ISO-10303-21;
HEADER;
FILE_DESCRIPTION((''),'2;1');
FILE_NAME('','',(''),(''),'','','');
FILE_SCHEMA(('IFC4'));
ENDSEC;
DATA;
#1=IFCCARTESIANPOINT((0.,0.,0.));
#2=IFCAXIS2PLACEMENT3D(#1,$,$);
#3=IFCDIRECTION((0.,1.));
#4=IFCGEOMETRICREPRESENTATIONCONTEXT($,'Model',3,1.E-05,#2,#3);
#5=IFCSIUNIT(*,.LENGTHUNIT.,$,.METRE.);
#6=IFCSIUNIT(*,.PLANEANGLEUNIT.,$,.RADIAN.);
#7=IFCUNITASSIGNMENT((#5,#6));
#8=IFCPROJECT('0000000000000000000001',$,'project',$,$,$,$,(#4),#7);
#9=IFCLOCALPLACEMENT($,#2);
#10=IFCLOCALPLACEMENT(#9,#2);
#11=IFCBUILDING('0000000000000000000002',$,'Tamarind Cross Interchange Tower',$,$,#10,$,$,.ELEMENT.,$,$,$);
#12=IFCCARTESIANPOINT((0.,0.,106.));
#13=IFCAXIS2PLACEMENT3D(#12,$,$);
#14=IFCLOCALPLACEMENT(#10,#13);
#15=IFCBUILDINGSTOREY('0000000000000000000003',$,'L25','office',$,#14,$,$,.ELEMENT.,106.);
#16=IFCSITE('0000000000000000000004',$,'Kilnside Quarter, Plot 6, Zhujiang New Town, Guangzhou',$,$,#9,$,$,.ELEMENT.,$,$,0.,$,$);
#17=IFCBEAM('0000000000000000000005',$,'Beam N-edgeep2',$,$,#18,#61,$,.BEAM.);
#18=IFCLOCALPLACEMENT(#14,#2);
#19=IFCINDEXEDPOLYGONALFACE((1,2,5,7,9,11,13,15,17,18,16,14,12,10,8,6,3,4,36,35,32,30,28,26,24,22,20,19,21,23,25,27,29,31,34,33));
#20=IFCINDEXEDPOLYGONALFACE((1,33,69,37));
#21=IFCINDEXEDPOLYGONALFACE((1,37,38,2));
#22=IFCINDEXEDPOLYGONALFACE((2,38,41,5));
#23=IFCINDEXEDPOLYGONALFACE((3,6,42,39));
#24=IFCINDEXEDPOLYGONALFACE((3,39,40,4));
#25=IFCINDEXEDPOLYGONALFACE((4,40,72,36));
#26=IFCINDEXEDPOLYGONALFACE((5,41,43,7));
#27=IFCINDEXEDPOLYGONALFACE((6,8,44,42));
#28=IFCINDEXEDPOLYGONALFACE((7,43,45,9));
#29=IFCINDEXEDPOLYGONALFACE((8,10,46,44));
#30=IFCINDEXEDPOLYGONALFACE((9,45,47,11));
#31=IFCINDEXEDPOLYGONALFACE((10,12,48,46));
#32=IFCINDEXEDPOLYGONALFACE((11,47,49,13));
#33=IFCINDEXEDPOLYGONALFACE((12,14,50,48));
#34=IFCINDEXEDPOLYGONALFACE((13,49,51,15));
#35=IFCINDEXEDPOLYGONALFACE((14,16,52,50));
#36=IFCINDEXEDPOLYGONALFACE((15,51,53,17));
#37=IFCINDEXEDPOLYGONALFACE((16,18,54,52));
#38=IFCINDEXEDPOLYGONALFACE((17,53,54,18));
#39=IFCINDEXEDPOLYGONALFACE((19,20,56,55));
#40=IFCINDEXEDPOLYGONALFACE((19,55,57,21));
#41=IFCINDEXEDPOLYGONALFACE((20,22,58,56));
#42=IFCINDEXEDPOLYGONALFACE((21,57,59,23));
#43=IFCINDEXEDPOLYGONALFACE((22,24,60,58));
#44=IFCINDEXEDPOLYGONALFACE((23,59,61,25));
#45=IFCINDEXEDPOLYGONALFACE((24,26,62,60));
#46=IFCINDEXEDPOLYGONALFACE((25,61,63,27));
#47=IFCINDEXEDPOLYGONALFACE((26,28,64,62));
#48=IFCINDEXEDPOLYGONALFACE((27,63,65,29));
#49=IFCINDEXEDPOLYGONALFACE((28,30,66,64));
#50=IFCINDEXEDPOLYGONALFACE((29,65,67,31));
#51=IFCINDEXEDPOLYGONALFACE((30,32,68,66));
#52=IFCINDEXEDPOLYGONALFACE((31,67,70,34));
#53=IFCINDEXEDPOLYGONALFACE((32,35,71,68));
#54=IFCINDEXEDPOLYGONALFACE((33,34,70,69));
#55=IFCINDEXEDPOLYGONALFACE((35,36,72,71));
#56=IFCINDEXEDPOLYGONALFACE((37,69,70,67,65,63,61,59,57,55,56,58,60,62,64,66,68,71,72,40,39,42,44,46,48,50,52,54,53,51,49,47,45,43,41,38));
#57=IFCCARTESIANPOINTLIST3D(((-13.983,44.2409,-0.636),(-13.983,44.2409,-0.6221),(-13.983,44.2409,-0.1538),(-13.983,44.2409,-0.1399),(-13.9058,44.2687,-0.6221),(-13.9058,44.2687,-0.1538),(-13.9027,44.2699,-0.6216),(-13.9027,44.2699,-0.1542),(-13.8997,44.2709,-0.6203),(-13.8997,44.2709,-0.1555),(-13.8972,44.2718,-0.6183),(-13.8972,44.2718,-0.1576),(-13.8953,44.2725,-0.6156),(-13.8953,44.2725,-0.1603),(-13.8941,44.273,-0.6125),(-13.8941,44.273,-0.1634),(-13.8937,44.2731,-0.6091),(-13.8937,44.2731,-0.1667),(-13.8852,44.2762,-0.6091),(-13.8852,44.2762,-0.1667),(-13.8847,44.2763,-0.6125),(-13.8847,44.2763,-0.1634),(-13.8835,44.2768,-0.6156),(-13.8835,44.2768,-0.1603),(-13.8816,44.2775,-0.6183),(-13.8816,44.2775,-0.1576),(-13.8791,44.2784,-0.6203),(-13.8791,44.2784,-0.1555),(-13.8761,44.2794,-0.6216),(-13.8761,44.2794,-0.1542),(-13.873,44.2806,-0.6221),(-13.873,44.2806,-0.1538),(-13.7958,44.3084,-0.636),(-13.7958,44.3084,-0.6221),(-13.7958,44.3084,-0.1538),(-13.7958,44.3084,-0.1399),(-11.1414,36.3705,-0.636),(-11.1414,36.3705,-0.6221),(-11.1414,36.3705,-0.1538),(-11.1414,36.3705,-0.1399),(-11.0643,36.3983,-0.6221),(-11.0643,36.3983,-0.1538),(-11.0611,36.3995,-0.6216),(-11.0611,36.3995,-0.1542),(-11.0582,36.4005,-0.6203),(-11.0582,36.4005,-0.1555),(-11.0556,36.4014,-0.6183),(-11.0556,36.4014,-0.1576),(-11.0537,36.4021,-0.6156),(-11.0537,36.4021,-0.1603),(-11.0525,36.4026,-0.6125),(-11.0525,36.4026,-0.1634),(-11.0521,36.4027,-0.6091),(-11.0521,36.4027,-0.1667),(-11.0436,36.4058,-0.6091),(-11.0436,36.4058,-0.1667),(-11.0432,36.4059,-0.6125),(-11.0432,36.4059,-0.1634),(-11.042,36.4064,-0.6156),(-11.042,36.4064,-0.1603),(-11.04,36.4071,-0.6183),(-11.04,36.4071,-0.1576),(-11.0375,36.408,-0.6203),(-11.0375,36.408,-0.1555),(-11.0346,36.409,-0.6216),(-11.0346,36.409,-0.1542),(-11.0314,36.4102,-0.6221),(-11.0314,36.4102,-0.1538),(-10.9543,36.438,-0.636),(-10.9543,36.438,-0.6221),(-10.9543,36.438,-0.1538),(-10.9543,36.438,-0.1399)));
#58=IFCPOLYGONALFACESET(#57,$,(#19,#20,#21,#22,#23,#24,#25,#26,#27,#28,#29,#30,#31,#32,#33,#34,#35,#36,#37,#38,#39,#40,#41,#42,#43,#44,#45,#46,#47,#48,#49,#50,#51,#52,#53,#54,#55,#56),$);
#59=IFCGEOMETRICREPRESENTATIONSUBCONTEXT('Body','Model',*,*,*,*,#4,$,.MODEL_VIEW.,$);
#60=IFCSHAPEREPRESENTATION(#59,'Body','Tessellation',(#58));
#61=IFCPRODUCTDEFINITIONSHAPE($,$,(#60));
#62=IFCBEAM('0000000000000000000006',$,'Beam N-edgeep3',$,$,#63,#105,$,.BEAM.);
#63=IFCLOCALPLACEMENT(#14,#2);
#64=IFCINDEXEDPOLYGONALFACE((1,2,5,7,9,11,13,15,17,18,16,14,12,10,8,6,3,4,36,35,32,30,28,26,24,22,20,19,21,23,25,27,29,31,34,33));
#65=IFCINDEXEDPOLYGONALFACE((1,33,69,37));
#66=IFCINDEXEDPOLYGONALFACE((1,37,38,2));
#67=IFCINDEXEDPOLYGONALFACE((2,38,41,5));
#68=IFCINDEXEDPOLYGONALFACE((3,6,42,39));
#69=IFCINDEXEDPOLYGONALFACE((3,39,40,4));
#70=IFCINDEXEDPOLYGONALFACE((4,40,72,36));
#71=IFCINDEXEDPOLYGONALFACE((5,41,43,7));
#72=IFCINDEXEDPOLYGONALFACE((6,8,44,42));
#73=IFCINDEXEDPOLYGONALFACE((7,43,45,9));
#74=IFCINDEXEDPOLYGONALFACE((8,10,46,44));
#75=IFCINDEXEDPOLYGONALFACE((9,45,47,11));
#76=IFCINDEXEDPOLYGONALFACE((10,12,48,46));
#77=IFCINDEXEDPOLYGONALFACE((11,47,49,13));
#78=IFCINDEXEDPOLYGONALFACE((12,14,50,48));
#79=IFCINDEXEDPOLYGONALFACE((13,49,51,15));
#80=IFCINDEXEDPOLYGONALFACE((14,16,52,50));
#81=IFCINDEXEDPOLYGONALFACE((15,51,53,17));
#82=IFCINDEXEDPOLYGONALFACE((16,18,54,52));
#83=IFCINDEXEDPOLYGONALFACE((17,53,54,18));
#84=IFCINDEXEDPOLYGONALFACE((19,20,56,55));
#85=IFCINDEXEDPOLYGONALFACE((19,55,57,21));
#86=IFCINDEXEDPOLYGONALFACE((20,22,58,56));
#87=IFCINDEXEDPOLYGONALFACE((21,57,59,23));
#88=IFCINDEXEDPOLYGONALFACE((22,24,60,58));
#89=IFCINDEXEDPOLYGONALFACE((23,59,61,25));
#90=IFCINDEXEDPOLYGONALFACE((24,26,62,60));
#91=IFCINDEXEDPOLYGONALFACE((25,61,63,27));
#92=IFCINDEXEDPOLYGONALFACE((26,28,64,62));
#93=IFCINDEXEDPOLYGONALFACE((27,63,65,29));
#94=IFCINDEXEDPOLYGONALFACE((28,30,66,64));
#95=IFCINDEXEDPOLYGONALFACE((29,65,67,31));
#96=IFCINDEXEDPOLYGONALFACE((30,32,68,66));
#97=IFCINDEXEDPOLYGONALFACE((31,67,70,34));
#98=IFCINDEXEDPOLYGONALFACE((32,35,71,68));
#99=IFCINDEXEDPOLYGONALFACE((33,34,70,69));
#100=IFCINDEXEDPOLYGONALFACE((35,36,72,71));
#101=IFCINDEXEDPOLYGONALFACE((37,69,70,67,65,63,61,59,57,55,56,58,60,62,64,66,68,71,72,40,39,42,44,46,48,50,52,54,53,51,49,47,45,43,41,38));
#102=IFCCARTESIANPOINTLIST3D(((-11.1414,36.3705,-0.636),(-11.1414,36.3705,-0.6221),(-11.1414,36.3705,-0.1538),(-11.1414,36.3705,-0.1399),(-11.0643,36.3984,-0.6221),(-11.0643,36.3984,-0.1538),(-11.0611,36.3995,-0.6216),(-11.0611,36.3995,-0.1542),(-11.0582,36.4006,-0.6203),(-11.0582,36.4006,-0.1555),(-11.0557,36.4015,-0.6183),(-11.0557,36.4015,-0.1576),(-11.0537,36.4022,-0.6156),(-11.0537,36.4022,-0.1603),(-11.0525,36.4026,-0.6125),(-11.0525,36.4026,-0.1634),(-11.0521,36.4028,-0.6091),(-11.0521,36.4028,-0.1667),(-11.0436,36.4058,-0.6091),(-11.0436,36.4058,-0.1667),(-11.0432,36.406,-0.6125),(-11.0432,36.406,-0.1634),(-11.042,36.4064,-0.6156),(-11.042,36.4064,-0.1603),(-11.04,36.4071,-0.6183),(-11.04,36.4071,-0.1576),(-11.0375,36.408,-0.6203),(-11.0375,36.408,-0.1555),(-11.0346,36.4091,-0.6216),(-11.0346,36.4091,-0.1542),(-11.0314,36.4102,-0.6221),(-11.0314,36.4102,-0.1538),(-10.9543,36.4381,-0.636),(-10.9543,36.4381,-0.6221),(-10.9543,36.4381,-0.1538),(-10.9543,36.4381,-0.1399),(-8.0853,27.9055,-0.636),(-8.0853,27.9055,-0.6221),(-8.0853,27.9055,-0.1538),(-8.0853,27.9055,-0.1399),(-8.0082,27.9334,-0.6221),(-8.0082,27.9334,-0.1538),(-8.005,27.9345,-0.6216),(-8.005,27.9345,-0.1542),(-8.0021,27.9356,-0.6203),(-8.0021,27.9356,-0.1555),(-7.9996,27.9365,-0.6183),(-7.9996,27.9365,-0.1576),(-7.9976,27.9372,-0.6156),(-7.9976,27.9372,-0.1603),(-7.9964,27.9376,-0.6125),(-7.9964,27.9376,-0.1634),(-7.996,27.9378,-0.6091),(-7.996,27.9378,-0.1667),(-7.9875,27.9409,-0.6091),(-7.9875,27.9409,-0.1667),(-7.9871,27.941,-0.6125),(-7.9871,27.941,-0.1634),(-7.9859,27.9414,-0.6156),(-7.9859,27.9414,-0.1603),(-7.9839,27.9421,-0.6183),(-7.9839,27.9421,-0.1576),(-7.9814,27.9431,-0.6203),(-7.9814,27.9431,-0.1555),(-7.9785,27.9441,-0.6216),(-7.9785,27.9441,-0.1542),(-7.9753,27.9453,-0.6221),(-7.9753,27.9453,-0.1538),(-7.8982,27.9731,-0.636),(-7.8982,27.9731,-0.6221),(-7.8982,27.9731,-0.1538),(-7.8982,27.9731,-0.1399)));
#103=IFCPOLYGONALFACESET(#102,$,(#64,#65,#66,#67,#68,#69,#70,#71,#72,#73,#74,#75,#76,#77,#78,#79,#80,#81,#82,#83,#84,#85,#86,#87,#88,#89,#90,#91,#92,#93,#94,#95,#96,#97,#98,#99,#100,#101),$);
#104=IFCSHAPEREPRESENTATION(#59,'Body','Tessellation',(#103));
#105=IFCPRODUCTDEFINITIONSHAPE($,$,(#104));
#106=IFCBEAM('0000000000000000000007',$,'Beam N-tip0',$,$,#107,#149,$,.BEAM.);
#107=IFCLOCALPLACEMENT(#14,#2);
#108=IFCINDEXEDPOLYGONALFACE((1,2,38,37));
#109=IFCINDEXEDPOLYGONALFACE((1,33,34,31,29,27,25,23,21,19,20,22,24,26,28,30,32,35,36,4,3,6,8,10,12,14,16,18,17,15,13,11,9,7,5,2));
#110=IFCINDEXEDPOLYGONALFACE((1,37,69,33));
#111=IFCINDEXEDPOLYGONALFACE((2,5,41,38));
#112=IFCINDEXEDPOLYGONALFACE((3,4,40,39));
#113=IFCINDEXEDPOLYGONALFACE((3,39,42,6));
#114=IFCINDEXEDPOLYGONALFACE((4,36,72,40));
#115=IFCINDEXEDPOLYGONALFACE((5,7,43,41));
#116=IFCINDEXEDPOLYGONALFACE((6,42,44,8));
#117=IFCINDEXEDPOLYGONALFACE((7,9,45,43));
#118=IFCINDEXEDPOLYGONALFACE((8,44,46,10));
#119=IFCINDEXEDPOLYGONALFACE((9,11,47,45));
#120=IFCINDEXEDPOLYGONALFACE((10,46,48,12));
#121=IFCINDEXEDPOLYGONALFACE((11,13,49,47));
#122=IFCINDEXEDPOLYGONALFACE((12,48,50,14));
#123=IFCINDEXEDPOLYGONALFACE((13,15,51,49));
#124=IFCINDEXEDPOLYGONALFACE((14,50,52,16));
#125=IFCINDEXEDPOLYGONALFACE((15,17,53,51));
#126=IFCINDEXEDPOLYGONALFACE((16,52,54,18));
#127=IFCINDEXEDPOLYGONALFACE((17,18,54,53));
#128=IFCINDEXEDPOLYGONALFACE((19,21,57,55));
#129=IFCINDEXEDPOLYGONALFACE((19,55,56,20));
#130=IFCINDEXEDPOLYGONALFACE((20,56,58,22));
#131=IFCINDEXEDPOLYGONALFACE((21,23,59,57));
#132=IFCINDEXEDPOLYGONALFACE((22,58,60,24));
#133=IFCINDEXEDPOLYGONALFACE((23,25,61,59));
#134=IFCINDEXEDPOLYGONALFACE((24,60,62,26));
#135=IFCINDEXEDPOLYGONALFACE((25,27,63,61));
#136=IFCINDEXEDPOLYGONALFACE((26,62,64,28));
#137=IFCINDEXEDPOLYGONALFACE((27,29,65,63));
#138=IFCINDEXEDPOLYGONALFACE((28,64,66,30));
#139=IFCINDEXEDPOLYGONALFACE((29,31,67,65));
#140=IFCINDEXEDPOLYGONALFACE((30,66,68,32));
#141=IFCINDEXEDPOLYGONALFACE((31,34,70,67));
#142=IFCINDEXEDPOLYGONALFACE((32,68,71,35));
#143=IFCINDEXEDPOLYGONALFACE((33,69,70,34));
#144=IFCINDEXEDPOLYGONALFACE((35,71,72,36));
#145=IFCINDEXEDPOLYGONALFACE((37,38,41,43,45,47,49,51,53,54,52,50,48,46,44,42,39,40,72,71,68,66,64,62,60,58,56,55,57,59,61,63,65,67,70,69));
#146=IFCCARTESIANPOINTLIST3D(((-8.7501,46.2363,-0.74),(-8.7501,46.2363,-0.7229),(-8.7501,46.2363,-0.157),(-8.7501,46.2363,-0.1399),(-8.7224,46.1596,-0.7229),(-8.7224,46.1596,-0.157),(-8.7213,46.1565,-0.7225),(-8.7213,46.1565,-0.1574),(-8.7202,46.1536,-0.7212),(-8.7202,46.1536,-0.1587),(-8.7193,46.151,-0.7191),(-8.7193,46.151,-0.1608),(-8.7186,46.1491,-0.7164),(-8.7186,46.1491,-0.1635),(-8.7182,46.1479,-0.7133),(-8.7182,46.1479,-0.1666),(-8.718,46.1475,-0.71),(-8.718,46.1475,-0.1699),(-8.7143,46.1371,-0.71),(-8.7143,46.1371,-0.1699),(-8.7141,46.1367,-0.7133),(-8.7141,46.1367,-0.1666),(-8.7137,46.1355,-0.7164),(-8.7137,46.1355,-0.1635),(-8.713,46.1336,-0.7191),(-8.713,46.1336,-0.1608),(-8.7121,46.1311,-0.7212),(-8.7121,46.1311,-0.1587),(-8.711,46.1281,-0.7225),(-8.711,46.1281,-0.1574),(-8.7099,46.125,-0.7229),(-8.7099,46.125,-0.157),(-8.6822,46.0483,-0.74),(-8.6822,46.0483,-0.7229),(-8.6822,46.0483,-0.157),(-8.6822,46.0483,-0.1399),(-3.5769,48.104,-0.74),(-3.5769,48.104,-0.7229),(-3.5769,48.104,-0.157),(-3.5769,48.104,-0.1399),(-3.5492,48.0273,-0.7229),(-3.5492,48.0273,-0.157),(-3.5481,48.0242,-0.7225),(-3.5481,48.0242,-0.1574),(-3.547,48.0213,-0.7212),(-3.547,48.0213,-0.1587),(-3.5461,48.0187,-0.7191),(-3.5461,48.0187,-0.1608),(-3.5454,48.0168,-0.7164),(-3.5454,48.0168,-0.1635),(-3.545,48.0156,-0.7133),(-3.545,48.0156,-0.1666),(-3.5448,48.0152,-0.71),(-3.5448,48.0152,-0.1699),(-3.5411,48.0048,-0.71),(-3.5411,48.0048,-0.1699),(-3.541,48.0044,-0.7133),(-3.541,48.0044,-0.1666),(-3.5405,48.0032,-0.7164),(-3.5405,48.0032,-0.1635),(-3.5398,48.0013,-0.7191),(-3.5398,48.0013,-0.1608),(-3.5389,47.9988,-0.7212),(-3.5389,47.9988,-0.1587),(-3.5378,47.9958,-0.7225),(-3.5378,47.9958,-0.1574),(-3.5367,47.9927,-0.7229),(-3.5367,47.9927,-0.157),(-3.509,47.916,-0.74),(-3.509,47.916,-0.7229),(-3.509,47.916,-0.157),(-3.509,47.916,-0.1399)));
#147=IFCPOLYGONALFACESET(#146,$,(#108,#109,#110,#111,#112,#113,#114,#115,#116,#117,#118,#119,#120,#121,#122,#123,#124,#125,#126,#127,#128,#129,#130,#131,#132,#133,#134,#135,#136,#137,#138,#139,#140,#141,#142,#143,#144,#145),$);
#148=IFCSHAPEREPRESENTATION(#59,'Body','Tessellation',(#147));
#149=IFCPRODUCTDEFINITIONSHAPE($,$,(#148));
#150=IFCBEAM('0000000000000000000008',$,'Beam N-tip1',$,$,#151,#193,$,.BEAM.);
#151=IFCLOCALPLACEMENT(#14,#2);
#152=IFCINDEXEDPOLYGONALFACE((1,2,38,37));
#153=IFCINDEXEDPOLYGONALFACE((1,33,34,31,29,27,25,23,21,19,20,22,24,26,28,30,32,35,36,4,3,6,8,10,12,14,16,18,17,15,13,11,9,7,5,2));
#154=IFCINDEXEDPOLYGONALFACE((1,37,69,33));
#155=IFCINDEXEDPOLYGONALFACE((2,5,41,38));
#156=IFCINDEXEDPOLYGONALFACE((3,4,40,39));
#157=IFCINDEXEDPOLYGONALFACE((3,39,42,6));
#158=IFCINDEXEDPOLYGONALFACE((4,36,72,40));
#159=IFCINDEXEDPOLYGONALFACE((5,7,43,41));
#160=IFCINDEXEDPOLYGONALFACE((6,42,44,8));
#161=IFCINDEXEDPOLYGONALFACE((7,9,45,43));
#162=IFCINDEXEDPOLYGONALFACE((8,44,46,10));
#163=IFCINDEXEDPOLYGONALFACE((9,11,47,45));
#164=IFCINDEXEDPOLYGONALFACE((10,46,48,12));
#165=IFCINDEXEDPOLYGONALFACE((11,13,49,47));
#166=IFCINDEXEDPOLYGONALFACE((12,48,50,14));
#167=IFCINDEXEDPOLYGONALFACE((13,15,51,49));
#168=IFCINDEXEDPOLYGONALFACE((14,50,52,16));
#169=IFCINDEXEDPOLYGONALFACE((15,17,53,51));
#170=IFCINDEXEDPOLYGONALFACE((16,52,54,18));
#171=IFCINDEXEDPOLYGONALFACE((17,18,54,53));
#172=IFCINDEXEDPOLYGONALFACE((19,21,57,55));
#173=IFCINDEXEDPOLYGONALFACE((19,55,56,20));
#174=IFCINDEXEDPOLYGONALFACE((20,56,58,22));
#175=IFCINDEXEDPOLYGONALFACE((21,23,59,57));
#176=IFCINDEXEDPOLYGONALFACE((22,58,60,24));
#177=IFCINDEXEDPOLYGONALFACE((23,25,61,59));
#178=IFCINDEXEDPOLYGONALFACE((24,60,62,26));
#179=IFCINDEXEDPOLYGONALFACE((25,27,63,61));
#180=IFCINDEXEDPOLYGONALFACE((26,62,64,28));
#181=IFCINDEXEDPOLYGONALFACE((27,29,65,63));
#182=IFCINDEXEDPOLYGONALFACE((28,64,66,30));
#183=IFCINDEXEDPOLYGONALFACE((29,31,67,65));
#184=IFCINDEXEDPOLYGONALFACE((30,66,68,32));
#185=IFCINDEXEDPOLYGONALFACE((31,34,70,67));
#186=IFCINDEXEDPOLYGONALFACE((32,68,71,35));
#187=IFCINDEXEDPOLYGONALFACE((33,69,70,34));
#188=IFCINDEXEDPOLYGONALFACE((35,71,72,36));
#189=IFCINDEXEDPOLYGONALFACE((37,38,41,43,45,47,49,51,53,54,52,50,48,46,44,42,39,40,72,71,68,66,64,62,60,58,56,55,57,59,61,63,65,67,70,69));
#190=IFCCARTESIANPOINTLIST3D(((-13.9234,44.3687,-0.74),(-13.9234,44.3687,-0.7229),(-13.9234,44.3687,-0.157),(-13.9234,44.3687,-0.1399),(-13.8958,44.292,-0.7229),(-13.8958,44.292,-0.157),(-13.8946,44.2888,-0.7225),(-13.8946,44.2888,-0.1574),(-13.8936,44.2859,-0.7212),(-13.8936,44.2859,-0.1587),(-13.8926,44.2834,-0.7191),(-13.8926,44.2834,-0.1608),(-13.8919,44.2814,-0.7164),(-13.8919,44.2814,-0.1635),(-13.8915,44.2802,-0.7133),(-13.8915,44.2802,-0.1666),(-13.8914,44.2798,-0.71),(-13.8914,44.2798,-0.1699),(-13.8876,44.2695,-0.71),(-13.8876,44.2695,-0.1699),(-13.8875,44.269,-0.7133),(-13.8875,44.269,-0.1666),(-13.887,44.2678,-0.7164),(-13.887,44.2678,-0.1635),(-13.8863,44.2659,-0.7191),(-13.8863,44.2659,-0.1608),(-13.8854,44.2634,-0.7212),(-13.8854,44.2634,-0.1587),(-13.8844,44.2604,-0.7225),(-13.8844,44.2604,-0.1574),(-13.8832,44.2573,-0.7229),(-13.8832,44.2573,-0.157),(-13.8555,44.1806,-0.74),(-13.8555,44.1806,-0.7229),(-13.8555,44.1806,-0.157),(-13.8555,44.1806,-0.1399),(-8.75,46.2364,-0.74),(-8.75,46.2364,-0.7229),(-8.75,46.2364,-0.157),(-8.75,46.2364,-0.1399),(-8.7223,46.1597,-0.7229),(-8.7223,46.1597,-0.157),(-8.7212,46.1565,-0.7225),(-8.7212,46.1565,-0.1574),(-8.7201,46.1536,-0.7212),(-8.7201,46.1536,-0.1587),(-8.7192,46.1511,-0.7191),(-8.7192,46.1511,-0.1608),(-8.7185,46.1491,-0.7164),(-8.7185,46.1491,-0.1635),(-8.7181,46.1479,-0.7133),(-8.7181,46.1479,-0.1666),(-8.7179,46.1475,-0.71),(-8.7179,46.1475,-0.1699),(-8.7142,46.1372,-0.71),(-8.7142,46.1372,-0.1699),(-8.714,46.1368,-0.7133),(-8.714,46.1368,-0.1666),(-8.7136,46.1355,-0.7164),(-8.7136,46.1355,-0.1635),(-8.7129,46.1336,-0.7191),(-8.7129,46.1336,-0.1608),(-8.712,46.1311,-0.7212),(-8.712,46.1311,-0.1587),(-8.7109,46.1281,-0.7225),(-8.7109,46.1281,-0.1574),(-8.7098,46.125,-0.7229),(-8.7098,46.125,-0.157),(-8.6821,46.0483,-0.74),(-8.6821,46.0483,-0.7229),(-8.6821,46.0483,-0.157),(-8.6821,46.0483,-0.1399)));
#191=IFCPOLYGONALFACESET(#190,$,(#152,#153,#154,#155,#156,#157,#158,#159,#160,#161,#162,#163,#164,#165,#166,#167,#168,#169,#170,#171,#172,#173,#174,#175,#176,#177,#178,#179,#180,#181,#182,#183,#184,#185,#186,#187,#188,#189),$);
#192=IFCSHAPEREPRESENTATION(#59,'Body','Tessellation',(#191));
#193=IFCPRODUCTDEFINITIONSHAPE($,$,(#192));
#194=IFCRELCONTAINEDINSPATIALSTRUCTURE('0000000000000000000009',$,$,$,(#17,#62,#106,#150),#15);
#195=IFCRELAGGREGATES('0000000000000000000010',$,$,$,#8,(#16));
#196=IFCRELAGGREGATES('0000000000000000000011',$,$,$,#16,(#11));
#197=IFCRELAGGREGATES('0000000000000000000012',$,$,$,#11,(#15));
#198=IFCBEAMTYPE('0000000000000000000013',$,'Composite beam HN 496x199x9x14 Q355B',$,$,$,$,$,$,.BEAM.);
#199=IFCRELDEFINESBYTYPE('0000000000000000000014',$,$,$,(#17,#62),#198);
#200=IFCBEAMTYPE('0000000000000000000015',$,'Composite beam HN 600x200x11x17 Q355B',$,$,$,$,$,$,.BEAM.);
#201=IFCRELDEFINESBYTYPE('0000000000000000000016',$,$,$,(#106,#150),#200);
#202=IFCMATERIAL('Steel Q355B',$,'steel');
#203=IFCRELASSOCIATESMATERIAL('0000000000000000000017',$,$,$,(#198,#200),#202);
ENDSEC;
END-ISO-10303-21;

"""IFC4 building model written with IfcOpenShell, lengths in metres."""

from ifc_helpers import new_model, si_unit, direction, frame, origin, origin_2d, place, context, subcontext, project, spatial, i_section, extrude, material, material_profile, profile_set, type_object, element, save


model = new_model("IFC4")

# Units and contexts
model_context = context("Model", 3, precision=1e-05, world=origin(), true_north=direction((0.0, 1.0)))
body_context = subcontext(model_context, "Body", "Model", "MODEL_VIEW")
ifc_project = project(units=[si_unit("LENGTHUNIT", "METRE"), si_unit("PLANEANGLEUNIT", "RADIAN")], contexts=[model_context])

# Site, building, storey
site_placement = place(None, origin())
site = spatial("IfcSite", under=ifc_project, at=site_placement, Name="Kilnside Quarter, Plot 6, Zhujiang New Town, Guangzhou", CompositionType="ELEMENT", RefElevation=0.0)
building_placement = place(site_placement, origin())
building = spatial("IfcBuilding", under=site, at=building_placement, Name="Tamarind Cross Interchange Tower", CompositionType="ELEMENT")
storey_placement = place(building_placement, frame((0.0, 0.0, 106.0)))
storey = spatial("IfcBuildingStorey", under=building, at=storey_placement, Name="L25", Description="office", CompositionType="ELEMENT", Elevation=106.0)

# Beams
ifc_material_1 = material(Name="Steel Q355B", Category="steel")
ifc_material_profile_1 = material_profile(ifc_material_1, i_section(OverallWidth=0.199, OverallDepth=0.4961, WebThickness=0.009, FlangeThickness=0.0139, FilletRadius=0.0129, at=origin_2d()), Name="HN 496x199x9x14")
ifc_profile_set_1 = profile_set([ifc_material_profile_1], Name="Steel Q355B")
beam_type_1 = type_object("IfcBeamType", Name="Composite beam HN 496x199x9x14 Q355B", PredefinedType="BEAM", material=ifc_profile_set_1)
beam_1_placement = place(storey_placement, frame((-13.8894, 44.2747, -0.3879), z_axis=(0.339589, -0.940574, 0.0), x_axis=(0.940574, 0.339589, 0.0)))
element("IfcBeam", 1, at=beam_1_placement, inside=storey, type_object=beam_type_1, Name="Beam N-edgeep2", PredefinedType="BEAM", context=body_context, shape_type="SweptSolid", body=[
    extrude(i_section(OverallWidth=0.199, OverallDepth=0.4961, WebThickness=0.009, FlangeThickness=0.0139, FilletRadius=0.0129, at=origin_2d()), origin(), (0.0, 0.0, 1.0), 8.3677),
])
beam_2_placement = place(storey_placement, frame((-11.0479, 36.4043, -0.3879), z_axis=(0.339577, -0.940578, 0.0), x_axis=(0.940578, 0.339577, 0.0)))
element("IfcBeam", 2, at=beam_2_placement, inside=storey, type_object=beam_type_1, Name="Beam N-edgeep3", PredefinedType="BEAM", context=body_context, shape_type="SweptSolid", body=[
    extrude(i_section(OverallWidth=0.199, OverallDepth=0.4961, WebThickness=0.009, FlangeThickness=0.0139, FilletRadius=0.0129, at=origin_2d()), origin(), (0.0, 0.0, 1.0), 8.9998),
])
ifc_material_profile_2 = material_profile(ifc_material_1, i_section(OverallWidth=0.2, OverallDepth=0.6001, WebThickness=0.011, FlangeThickness=0.0171, FilletRadius=0.0129, at=origin_2d()), Name="HN 600x200x11x17")
ifc_profile_set_2 = profile_set([ifc_material_profile_2], Name="Steel Q355B")
beam_type_2 = type_object("IfcBeamType", Name="Composite beam HN 600x200x11x17 Q355B", PredefinedType="BEAM", material=ifc_profile_set_2)
beam_3_placement = place(storey_placement, frame((-3.543, 48.01, -0.4399), z_axis=(-0.940576, -0.339582, 0.0), x_axis=(0.339582, -0.940576, 0.0)))
element("IfcBeam", 3, at=beam_3_placement, inside=storey, type_object=beam_type_2, Name="Beam N-tip0", PredefinedType="BEAM", context=body_context, shape_type="SweptSolid", body=[
    extrude(i_section(OverallWidth=0.2, OverallDepth=0.6001, WebThickness=0.011, FlangeThickness=0.0171, FilletRadius=0.0129, at=origin_2d()), origin(), (0.0, 0.0, 1.0), 5.5),
])
beam_4_placement = place(storey_placement, frame((-8.7161, 46.1423, -0.4399), z_axis=(-0.940581, -0.339568, 0.0), x_axis=(0.339568, -0.940581, 0.0)))
element("IfcBeam", 4, at=beam_4_placement, inside=storey, type_object=beam_type_2, Name="Beam N-tip1", PredefinedType="BEAM", context=body_context, shape_type="SweptSolid", body=[
    extrude(i_section(OverallWidth=0.2, OverallDepth=0.6001, WebThickness=0.011, FlangeThickness=0.0171, FilletRadius=0.0129, at=origin_2d()), origin(), (0.0, 0.0, 1.0), 5.5002),
])

save(model, "model.ifc")
